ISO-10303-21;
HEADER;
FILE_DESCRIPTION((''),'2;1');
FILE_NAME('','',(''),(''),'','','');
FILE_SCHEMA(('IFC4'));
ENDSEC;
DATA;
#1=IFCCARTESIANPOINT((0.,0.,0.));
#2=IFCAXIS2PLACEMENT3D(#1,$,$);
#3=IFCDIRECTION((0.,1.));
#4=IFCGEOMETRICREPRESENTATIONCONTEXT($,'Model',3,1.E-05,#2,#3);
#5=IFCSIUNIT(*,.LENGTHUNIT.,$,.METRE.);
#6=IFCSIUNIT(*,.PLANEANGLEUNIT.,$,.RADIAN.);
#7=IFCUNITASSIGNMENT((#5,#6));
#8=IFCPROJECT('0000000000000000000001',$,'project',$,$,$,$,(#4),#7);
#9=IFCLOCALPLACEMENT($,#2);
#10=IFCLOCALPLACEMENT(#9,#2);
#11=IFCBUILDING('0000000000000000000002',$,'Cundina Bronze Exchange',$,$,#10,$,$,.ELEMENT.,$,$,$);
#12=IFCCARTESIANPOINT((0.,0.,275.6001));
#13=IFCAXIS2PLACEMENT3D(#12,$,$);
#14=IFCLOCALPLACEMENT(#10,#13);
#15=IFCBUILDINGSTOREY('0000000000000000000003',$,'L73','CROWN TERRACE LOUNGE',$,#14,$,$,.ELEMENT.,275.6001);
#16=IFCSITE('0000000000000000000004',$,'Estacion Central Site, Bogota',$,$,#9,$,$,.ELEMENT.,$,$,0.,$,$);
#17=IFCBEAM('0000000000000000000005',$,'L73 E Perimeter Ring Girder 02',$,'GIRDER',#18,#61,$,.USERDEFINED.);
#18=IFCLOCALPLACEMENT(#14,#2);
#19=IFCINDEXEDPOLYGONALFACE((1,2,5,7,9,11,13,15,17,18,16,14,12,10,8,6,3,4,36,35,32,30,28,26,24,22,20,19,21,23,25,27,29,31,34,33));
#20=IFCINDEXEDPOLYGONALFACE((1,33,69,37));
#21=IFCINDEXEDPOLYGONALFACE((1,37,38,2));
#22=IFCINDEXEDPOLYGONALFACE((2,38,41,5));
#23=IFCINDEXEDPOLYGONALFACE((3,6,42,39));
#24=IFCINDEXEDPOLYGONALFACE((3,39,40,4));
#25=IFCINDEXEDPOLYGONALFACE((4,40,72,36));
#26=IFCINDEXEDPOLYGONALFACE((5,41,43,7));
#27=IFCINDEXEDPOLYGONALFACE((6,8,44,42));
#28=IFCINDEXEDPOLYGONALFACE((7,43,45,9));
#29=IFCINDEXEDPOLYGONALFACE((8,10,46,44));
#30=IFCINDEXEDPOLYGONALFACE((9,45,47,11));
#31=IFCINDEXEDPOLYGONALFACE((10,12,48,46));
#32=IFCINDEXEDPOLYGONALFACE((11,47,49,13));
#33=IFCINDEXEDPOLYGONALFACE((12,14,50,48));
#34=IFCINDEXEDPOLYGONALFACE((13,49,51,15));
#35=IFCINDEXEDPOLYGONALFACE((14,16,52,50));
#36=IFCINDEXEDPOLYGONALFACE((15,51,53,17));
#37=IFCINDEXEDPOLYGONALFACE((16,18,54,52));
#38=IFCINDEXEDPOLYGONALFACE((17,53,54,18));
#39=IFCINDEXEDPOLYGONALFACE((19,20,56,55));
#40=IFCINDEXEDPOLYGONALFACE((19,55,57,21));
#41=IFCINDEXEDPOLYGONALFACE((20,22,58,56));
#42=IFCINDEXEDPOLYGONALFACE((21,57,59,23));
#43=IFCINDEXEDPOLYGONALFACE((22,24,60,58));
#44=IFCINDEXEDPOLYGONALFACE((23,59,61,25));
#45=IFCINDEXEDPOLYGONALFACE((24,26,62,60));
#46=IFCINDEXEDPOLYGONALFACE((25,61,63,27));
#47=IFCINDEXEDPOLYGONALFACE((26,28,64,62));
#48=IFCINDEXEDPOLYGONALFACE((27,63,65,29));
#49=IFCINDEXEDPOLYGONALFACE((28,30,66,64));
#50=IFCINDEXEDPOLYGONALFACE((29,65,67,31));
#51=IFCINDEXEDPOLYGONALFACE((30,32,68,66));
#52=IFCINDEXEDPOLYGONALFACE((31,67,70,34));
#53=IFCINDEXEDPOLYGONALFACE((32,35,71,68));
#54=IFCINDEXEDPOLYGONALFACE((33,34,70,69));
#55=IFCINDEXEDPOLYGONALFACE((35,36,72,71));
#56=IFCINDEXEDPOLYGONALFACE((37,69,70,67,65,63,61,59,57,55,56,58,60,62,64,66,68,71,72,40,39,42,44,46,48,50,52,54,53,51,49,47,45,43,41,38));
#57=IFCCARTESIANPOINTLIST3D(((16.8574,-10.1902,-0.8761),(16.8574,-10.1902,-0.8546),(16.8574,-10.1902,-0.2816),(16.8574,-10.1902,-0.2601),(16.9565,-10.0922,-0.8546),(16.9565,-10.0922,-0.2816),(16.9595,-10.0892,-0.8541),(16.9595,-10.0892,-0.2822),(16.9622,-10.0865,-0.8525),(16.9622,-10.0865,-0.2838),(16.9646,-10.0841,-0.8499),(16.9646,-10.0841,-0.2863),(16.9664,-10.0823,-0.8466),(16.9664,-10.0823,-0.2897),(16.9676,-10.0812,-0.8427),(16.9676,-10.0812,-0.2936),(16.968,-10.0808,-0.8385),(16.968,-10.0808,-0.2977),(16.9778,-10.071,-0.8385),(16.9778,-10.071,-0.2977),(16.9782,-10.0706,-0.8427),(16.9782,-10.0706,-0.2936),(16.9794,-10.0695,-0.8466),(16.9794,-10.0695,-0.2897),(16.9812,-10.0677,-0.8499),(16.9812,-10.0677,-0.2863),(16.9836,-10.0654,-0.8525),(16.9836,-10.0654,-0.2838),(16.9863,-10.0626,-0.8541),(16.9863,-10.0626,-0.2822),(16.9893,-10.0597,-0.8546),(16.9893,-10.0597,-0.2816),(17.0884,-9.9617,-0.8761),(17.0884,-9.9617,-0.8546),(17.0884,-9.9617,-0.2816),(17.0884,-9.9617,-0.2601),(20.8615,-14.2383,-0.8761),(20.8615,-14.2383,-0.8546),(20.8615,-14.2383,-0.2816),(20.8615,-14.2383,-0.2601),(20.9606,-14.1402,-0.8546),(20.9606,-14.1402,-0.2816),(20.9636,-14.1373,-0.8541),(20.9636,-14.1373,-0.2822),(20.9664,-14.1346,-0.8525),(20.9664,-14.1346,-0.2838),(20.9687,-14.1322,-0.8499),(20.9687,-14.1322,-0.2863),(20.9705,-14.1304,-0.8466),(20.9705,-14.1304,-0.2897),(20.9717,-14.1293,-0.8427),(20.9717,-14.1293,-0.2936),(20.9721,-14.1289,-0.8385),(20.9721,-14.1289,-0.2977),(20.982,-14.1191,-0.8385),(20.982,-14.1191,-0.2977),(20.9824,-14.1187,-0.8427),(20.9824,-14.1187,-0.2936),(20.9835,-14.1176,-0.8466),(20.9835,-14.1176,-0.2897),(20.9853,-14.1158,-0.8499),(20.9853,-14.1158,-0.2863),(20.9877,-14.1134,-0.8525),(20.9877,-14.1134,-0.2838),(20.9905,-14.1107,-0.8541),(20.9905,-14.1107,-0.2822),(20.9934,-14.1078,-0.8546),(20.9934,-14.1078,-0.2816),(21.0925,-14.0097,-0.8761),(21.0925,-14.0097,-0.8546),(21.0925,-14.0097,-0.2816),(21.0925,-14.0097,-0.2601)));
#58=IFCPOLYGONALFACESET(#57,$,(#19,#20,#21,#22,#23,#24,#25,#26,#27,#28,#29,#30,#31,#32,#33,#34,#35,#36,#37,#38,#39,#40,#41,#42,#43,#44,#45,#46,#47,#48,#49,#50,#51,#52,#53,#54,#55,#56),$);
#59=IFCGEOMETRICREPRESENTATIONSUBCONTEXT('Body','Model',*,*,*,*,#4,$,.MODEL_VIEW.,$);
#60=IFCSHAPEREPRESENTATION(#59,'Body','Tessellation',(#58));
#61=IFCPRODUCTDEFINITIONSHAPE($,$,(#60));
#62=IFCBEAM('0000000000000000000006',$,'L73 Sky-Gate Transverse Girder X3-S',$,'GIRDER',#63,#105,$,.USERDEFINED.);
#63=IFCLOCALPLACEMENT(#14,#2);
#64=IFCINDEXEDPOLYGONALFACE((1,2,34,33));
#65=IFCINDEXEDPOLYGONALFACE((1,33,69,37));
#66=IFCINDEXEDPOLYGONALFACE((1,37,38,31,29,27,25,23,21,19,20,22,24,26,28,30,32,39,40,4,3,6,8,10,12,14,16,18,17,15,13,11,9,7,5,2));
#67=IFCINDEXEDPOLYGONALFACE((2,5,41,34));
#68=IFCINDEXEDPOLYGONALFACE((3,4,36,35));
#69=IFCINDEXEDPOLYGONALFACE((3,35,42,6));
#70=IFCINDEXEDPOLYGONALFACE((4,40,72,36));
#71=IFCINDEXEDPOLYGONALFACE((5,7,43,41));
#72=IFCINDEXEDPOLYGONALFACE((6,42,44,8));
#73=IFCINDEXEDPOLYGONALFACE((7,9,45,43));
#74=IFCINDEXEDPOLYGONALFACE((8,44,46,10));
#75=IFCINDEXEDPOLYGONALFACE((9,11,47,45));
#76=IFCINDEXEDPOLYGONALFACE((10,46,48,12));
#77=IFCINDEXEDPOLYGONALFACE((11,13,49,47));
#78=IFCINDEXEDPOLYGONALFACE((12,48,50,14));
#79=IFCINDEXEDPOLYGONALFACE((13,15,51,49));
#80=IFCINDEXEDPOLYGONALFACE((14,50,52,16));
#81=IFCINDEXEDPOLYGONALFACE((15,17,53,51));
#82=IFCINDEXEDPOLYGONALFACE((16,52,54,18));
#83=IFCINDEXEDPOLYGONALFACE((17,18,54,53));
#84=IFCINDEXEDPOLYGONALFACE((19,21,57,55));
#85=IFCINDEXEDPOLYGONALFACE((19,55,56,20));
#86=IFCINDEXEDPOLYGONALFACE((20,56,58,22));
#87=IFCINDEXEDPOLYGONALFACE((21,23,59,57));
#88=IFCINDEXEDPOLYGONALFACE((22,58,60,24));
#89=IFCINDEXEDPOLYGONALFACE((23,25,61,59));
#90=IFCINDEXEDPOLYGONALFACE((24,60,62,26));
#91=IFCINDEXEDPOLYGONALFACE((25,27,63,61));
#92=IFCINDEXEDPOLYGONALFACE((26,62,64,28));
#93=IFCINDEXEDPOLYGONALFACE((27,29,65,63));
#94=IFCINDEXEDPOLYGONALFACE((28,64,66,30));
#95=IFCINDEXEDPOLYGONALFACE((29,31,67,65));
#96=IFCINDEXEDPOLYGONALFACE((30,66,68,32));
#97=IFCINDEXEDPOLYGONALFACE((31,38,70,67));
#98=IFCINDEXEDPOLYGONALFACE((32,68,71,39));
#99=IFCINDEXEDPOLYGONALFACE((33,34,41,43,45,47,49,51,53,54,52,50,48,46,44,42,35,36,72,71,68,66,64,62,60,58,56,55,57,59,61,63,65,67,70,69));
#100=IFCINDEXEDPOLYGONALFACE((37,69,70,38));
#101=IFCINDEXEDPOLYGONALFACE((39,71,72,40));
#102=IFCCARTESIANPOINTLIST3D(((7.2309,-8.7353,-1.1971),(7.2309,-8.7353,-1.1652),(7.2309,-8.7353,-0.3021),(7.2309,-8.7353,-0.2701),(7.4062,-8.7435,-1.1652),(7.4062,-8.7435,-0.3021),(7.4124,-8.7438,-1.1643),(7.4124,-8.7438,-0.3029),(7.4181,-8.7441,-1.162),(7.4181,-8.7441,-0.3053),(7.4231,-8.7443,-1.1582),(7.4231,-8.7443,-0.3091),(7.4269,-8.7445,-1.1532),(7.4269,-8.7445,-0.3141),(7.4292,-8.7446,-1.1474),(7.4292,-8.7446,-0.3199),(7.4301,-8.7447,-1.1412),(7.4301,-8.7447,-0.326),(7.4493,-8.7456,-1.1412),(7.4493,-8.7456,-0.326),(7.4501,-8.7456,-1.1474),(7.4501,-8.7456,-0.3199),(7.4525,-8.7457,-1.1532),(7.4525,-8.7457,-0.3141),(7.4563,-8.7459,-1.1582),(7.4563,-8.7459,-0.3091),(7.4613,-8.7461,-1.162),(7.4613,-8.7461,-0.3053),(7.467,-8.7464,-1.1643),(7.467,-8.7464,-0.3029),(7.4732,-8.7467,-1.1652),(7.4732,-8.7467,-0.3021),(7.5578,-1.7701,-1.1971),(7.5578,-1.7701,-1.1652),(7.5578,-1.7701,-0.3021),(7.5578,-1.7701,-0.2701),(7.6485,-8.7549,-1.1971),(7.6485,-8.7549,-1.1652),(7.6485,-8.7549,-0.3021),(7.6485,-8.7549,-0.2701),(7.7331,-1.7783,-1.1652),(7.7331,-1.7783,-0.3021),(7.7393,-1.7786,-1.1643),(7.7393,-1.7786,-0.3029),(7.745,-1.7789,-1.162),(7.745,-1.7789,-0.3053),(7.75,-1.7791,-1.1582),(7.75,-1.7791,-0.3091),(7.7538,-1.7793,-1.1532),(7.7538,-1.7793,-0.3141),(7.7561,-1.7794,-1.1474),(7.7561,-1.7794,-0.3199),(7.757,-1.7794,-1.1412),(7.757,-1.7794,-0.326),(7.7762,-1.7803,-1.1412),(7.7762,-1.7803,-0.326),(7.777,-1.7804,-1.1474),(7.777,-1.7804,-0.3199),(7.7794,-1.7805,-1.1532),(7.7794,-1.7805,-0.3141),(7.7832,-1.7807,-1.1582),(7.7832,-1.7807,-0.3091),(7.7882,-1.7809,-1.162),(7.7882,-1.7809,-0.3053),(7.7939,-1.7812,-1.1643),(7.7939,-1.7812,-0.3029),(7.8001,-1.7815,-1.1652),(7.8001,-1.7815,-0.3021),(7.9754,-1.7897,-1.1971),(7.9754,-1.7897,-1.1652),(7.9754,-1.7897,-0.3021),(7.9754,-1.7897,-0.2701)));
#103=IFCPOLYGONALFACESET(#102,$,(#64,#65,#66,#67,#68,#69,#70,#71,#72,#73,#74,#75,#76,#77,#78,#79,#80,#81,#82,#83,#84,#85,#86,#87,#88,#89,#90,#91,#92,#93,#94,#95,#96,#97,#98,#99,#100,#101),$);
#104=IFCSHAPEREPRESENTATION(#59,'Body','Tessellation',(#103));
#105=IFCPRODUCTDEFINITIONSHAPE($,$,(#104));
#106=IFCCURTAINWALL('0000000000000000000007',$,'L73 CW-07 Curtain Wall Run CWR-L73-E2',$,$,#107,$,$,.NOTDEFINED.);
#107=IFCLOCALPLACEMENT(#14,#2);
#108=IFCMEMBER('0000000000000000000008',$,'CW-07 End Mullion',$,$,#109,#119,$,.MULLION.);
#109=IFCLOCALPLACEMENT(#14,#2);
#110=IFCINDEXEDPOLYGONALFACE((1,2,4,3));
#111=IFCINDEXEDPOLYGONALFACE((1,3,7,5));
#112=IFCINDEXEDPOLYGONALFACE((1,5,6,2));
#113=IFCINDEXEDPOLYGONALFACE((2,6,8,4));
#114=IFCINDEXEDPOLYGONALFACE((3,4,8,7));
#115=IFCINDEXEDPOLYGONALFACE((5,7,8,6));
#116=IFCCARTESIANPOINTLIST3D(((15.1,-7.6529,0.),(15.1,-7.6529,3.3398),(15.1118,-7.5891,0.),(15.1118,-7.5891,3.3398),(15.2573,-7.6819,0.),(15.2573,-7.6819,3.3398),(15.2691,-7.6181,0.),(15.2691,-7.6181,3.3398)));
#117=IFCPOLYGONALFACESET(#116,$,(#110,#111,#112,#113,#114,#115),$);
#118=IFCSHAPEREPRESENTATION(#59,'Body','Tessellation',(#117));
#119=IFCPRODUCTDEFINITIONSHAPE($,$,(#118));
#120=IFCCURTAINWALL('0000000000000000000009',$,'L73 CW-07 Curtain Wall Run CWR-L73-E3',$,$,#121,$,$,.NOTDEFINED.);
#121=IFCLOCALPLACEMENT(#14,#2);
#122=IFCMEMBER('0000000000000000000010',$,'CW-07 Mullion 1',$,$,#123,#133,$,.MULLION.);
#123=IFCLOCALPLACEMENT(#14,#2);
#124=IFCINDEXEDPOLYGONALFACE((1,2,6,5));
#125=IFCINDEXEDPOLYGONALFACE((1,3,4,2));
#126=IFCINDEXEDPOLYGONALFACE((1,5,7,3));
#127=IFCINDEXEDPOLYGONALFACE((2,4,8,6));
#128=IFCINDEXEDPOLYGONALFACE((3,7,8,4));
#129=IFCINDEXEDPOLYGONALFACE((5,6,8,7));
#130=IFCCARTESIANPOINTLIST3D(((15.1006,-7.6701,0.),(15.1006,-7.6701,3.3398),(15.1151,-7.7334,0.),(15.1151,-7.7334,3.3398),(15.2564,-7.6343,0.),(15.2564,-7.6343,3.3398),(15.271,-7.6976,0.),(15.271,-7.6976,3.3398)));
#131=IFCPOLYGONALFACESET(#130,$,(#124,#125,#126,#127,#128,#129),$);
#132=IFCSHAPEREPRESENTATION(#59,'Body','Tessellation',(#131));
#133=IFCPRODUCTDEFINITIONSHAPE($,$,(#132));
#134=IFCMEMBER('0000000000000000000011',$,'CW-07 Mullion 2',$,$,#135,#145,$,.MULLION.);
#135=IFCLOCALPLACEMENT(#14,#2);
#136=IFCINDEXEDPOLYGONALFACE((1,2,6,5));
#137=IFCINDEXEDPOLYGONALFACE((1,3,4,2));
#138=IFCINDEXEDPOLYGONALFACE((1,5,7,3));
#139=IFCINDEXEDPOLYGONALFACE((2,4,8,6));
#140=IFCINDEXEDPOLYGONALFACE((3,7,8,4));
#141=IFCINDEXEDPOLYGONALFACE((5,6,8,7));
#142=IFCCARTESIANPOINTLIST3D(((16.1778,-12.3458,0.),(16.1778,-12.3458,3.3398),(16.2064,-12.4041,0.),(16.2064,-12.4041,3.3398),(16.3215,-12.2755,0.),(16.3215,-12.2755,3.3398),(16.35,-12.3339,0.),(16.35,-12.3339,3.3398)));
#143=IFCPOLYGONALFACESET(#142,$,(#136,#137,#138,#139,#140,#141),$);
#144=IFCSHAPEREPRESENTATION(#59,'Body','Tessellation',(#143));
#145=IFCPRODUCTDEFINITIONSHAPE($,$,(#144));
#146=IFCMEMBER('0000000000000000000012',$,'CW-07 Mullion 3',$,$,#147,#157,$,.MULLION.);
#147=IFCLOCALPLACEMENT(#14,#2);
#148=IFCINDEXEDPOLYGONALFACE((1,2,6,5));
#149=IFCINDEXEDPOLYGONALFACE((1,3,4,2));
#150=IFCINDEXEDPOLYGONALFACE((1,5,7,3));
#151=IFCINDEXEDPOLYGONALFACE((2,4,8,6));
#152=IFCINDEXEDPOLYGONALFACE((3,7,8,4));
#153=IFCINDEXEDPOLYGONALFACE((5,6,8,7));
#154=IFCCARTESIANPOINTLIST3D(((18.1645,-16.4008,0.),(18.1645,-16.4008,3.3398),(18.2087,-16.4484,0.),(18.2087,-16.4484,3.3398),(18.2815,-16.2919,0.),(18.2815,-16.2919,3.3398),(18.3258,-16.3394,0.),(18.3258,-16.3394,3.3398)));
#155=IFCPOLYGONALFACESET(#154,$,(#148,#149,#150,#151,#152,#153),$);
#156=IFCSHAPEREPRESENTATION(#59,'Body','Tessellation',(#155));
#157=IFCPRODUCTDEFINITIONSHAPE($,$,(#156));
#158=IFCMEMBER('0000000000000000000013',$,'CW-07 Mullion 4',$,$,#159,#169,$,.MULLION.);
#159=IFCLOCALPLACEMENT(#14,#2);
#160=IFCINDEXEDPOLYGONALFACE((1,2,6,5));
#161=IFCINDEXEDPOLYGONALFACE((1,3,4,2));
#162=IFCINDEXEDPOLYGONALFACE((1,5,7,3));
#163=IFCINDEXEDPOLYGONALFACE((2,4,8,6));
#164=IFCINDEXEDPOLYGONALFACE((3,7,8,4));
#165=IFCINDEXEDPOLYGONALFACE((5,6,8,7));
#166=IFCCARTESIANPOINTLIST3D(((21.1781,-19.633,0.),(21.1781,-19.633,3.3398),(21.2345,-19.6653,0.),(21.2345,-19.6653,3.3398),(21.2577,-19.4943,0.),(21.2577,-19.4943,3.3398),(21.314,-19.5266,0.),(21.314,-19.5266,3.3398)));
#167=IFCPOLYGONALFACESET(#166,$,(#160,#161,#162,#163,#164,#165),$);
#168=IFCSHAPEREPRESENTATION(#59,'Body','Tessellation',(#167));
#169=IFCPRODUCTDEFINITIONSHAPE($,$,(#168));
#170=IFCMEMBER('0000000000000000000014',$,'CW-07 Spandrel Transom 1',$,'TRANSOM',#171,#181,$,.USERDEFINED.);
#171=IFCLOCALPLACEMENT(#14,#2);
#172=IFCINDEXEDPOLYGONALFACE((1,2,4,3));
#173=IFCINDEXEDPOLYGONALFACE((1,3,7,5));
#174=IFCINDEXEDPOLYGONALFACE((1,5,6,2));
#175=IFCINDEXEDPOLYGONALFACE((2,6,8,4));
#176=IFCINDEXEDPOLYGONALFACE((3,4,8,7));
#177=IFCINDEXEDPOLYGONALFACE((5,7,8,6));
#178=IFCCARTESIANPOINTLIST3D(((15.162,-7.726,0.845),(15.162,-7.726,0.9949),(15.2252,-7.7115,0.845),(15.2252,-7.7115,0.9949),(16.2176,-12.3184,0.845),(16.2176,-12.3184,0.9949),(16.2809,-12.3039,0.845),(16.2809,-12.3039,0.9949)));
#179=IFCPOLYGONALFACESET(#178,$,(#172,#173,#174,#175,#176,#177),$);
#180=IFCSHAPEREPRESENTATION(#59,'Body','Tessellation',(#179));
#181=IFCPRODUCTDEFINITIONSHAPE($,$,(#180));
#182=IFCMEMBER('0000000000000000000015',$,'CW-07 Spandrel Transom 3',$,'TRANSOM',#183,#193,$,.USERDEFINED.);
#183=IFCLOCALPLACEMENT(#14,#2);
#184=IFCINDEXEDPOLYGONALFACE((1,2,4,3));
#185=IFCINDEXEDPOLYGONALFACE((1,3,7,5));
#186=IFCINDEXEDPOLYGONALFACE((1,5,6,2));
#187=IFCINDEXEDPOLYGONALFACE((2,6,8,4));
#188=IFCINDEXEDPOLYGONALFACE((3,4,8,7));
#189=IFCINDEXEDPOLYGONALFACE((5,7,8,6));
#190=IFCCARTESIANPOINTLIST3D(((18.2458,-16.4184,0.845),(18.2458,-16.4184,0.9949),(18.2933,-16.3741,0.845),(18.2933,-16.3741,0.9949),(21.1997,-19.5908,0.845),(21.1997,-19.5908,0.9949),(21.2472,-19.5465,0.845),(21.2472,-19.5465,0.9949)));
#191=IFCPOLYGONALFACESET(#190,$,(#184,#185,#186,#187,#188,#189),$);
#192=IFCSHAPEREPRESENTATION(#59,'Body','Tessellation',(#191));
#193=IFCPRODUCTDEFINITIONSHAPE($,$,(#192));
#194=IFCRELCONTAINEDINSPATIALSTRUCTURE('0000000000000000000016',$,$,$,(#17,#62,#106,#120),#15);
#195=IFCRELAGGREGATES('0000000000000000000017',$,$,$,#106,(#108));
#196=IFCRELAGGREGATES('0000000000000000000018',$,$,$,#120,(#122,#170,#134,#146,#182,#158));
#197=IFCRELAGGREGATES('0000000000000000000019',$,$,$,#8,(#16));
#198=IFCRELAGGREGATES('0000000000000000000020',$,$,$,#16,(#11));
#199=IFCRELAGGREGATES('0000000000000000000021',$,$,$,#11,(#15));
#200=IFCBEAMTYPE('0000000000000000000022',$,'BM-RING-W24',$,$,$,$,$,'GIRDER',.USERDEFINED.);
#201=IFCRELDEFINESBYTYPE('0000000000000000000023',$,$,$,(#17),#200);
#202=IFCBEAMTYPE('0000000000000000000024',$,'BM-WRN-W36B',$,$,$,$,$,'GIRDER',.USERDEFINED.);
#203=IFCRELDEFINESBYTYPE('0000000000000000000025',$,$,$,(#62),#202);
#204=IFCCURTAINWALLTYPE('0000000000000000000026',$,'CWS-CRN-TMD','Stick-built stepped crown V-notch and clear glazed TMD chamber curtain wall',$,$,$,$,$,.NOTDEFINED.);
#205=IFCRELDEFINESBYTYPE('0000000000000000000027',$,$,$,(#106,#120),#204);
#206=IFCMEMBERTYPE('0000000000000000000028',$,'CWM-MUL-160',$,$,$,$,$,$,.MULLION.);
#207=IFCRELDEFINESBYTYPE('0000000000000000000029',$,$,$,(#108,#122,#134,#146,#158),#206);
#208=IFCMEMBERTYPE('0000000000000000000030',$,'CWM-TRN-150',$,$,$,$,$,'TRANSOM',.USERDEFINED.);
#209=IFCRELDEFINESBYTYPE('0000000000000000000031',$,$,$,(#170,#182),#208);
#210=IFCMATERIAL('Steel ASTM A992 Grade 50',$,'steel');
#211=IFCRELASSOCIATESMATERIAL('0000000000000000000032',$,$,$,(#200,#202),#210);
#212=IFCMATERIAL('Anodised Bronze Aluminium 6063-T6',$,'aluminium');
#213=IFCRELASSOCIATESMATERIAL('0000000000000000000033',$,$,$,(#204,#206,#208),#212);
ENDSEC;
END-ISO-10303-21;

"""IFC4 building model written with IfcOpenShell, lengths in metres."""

from ifc_helpers import new_model, si_unit, direction, frame, origin, origin_2d, place, context, subcontext, project, spatial, rectangle, i_section, extrude, material, material_profile, profile_set, type_object, element, aggregate, save


model = new_model("IFC4")

# Units and contexts
model_context = context("Model", 3, precision=1e-05, world=origin(), true_north=direction((0.0, 1.0)))
body_context = subcontext(model_context, "Body", "Model", "MODEL_VIEW")
ifc_project = project(units=[si_unit("LENGTHUNIT", "METRE"), si_unit("PLANEANGLEUNIT", "RADIAN")], contexts=[model_context])

# Site, building, storey
site_placement = place(None, origin())
site = spatial("IfcSite", under=ifc_project, at=site_placement, Name="Estacion Central Site, Bogota", CompositionType="ELEMENT", RefElevation=0.0)
building_placement = place(site_placement, origin())
building = spatial("IfcBuilding", under=site, at=building_placement, Name="Cundina Bronze Exchange", CompositionType="ELEMENT")
storey_placement = place(building_placement, frame((0.0, 0.0, 275.6001)))
storey = spatial("IfcBuildingStorey", under=building, at=storey_placement, Name="L73", Description="CROWN TERRACE LOUNGE", CompositionType="ELEMENT", Elevation=275.6001)

# Beams
ifc_material_1 = material(Name="Steel ASTM A992 Grade 50", Category="steel")
ifc_material_profile_1 = material_profile(ifc_material_1, i_section(OverallWidth=0.325, OverallDepth=0.616, WebThickness=0.0139, FlangeThickness=0.0215, FilletRadius=0.0161, at=origin_2d()), Name="W24X117", Category="steel")
ifc_profile_set_1 = profile_set([ifc_material_profile_1], Name="Steel ASTM A992 Grade 50")
beam_type_1 = type_object("IfcBeamType", Name="BM-RING-W24", ElementType="GIRDER", PredefinedType="USERDEFINED", material=ifc_profile_set_1)
beam_1_placement = place(storey_placement, frame((16.9729, -10.0759, -0.5681), z_axis=(0.703237, -0.710955, 0.0), x_axis=(0.710955, 0.703237, 0.0)))
element("IfcBeam", 1, at=beam_1_placement, inside=storey, type_object=beam_type_1, Name="L73 E Perimeter Ring Girder 02", ObjectType="GIRDER", PredefinedType="USERDEFINED", context=body_context, shape_type="SweptSolid", body=[
    extrude(i_section(OverallWidth=0.325, OverallDepth=0.616, WebThickness=0.0139, FlangeThickness=0.0215, FilletRadius=0.0161, at=origin_2d()), origin(), (0.0, 0.0, 1.0), 5.6938),
])
ifc_material_profile_2 = material_profile(ifc_material_1, i_section(OverallWidth=0.418, OverallDepth=0.927, WebThickness=0.0193, FlangeThickness=0.032, FilletRadius=0.0239, at=origin_2d()), Name="W36X231", Category="steel")
ifc_profile_set_2 = profile_set([ifc_material_profile_2], Name="Steel ASTM A992 Grade 50")
beam_type_2 = type_object("IfcBeamType", Name="BM-WRN-W36B", ElementType="GIRDER", PredefinedType="USERDEFINED", material=ifc_profile_set_2)
beam_2_placement = place(storey_placement, frame((7.4397, -8.7451, -0.7336), z_axis=(0.046881, 0.9989, 0.0), x_axis=(-0.9989, 0.046881, 0.0)))
element("IfcBeam", 2, at=beam_2_placement, inside=storey, type_object=beam_type_2, Name="L73 Sky-Gate Transverse Girder X3-S", ObjectType="GIRDER", PredefinedType="USERDEFINED", context=body_context, shape_type="SweptSolid", body=[
    extrude(i_section(OverallWidth=0.418, OverallDepth=0.927, WebThickness=0.0193, FlangeThickness=0.032, FilletRadius=0.0239, at=origin_2d()), origin(), (0.0, 0.0, 1.0), 6.9729),
])

# Curtain wall, member
ifc_material_2 = material(Name="Anodised Bronze Aluminium 6063-T6", Category="aluminium")
curtain_wall_type = type_object("IfcCurtainWallType", Name="CWS-CRN-TMD", Description="Stick-built stepped crown V-notch and clear glazed TMD chamber curtain wall", PredefinedType="NOTDEFINED", material=ifc_material_2)
curtain_wall_1_placement = place(storey_placement, origin())
curtain_wall_1 = element("IfcCurtainWall", 3, at=curtain_wall_1_placement, inside=storey, type_object=curtain_wall_type, Name="L73 CW-07 Curtain Wall Run CWR-L73-E2", PredefinedType="NOTDEFINED")
ifc_material_profile_3 = material_profile(ifc_material_2, rectangle(XDim=0.0649, YDim=0.1599, at=origin_2d()), Name="AL65X160", Category="aluminium")
ifc_profile_set_3 = profile_set([ifc_material_profile_3], Name="Anodised Bronze Aluminium 6063-T6")
member_type_1 = type_object("IfcMemberType", Name="CWM-MUL-160", PredefinedType="MULLION", material=ifc_profile_set_3)
member_1_placement = place(storey_placement, frame((15.1846, -7.6355, 0.0), z_axis=(0.0, 0.0, 1.0), x_axis=(-0.181549, -0.983382, 0.0)))
member_1 = element("IfcMember", 4, at=member_1_placement, type_object=member_type_1, Name="CW-07 End Mullion", PredefinedType="MULLION", context=body_context, shape_type="SweptSolid", body=[
    extrude(rectangle(XDim=0.0649, YDim=0.1599, at=origin_2d()), origin(), (0.0, 0.0, 1.0), 3.3398),
])

# Curtain wall, members
curtain_wall_2_placement = place(storey_placement, origin())
curtain_wall_2 = element("IfcCurtainWall", 5, at=curtain_wall_2_placement, inside=storey, type_object=curtain_wall_type, Name="L73 CW-07 Curtain Wall Run CWR-L73-E3", PredefinedType="NOTDEFINED")
member_2_placement = place(storey_placement, frame((15.1858, -7.6838, 0.0), z_axis=(0.0, 0.0, 1.0), x_axis=(0.223931, -0.974605, 0.0)))
member_2 = element("IfcMember", 6, at=member_2_placement, type_object=member_type_1, Name="CW-07 Mullion 1", PredefinedType="MULLION", context=body_context, shape_type="SweptSolid", body=[
    extrude(rectangle(XDim=0.0649, YDim=0.1599, at=origin_2d()), origin(), (0.0, 0.0, 1.0), 3.3398),
])
member_3_placement = place(storey_placement, frame((16.2639, -12.3398, 0.0), z_axis=(0.0, 0.0, 1.0), x_axis=(0.439469, -0.898258, 0.0)))
member_3 = element("IfcMember", 7, at=member_3_placement, type_object=member_type_1, Name="CW-07 Mullion 2", PredefinedType="MULLION", context=body_context, shape_type="SweptSolid", body=[
    extrude(rectangle(XDim=0.0649, YDim=0.1599, at=origin_2d()), origin(), (0.0, 0.0, 1.0), 3.3398),
])
member_4_placement = place(storey_placement, frame((18.2451, -16.3701, 0.0), z_axis=(0.0, 0.0, 1.0), x_axis=(0.681488, -0.73183, 0.0)))
member_4 = element("IfcMember", 8, at=member_4_placement, type_object=member_type_1, Name="CW-07 Mullion 3", PredefinedType="MULLION", context=body_context, shape_type="SweptSolid", body=[
    extrude(rectangle(XDim=0.0649, YDim=0.1599, at=origin_2d()), origin(), (0.0, 0.0, 1.0), 3.3398),
])
member_5_placement = place(storey_placement, frame((21.2461, -19.5798, 0.0), z_axis=(0.0, 0.0, 1.0), x_axis=(0.867418, -0.49758, 0.0)))
member_5 = element("IfcMember", 9, at=member_5_placement, type_object=member_type_1, Name="CW-07 Mullion 4", PredefinedType="MULLION", context=body_context, shape_type="SweptSolid", body=[
    extrude(rectangle(XDim=0.0649, YDim=0.1599, at=origin_2d()), origin(), (0.0, 0.0, 1.0), 3.3398),
])
ifc_material_profile_4 = material_profile(ifc_material_2, rectangle(XDim=0.0649, YDim=0.1499, at=origin_2d()), Name="AL65X150", Category="aluminium")
ifc_profile_set_4 = profile_set([ifc_material_profile_4], Name="Anodised Bronze Aluminium 6063-T6")
member_type_2 = type_object("IfcMemberType", Name="CWM-TRN-150", ElementType="TRANSOM", PredefinedType="USERDEFINED", material=ifc_profile_set_4)
member_6_placement = place(storey_placement, frame((15.1936, -7.7188, 0.9199), z_axis=(0.224035, -0.974581, 0.0), x_axis=(0.974581, 0.224035, 0.0)))
member_6 = element("IfcMember", 10, at=member_6_placement, type_object=member_type_2, Name="CW-07 Spandrel Transom 1", ObjectType="TRANSOM", PredefinedType="USERDEFINED", context=body_context, shape_type="SweptSolid", body=[
    extrude(rectangle(XDim=0.0649, YDim=0.1499, at=origin_2d()), origin(), (0.0, 0.0, 1.0), 4.7122),
])
member_7_placement = place(storey_placement, frame((18.2695, -16.3962, 0.9199), z_axis=(0.681453, -0.731862, 0.0), x_axis=(0.731862, 0.681453, 0.0)))
member_7 = element("IfcMember", 11, at=member_7_placement, type_object=member_type_2, Name="CW-07 Spandrel Transom 3", ObjectType="TRANSOM", PredefinedType="USERDEFINED", context=body_context, shape_type="SweptSolid", body=[
    extrude(rectangle(XDim=0.0649, YDim=0.1499, at=origin_2d()), origin(), (0.0, 0.0, 1.0), 4.3347),
])

aggregate(curtain_wall_1, [member_1])
aggregate(curtain_wall_2, [member_2, member_6, member_3, member_4, member_7, member_5])

save(model, "model.ifc")
